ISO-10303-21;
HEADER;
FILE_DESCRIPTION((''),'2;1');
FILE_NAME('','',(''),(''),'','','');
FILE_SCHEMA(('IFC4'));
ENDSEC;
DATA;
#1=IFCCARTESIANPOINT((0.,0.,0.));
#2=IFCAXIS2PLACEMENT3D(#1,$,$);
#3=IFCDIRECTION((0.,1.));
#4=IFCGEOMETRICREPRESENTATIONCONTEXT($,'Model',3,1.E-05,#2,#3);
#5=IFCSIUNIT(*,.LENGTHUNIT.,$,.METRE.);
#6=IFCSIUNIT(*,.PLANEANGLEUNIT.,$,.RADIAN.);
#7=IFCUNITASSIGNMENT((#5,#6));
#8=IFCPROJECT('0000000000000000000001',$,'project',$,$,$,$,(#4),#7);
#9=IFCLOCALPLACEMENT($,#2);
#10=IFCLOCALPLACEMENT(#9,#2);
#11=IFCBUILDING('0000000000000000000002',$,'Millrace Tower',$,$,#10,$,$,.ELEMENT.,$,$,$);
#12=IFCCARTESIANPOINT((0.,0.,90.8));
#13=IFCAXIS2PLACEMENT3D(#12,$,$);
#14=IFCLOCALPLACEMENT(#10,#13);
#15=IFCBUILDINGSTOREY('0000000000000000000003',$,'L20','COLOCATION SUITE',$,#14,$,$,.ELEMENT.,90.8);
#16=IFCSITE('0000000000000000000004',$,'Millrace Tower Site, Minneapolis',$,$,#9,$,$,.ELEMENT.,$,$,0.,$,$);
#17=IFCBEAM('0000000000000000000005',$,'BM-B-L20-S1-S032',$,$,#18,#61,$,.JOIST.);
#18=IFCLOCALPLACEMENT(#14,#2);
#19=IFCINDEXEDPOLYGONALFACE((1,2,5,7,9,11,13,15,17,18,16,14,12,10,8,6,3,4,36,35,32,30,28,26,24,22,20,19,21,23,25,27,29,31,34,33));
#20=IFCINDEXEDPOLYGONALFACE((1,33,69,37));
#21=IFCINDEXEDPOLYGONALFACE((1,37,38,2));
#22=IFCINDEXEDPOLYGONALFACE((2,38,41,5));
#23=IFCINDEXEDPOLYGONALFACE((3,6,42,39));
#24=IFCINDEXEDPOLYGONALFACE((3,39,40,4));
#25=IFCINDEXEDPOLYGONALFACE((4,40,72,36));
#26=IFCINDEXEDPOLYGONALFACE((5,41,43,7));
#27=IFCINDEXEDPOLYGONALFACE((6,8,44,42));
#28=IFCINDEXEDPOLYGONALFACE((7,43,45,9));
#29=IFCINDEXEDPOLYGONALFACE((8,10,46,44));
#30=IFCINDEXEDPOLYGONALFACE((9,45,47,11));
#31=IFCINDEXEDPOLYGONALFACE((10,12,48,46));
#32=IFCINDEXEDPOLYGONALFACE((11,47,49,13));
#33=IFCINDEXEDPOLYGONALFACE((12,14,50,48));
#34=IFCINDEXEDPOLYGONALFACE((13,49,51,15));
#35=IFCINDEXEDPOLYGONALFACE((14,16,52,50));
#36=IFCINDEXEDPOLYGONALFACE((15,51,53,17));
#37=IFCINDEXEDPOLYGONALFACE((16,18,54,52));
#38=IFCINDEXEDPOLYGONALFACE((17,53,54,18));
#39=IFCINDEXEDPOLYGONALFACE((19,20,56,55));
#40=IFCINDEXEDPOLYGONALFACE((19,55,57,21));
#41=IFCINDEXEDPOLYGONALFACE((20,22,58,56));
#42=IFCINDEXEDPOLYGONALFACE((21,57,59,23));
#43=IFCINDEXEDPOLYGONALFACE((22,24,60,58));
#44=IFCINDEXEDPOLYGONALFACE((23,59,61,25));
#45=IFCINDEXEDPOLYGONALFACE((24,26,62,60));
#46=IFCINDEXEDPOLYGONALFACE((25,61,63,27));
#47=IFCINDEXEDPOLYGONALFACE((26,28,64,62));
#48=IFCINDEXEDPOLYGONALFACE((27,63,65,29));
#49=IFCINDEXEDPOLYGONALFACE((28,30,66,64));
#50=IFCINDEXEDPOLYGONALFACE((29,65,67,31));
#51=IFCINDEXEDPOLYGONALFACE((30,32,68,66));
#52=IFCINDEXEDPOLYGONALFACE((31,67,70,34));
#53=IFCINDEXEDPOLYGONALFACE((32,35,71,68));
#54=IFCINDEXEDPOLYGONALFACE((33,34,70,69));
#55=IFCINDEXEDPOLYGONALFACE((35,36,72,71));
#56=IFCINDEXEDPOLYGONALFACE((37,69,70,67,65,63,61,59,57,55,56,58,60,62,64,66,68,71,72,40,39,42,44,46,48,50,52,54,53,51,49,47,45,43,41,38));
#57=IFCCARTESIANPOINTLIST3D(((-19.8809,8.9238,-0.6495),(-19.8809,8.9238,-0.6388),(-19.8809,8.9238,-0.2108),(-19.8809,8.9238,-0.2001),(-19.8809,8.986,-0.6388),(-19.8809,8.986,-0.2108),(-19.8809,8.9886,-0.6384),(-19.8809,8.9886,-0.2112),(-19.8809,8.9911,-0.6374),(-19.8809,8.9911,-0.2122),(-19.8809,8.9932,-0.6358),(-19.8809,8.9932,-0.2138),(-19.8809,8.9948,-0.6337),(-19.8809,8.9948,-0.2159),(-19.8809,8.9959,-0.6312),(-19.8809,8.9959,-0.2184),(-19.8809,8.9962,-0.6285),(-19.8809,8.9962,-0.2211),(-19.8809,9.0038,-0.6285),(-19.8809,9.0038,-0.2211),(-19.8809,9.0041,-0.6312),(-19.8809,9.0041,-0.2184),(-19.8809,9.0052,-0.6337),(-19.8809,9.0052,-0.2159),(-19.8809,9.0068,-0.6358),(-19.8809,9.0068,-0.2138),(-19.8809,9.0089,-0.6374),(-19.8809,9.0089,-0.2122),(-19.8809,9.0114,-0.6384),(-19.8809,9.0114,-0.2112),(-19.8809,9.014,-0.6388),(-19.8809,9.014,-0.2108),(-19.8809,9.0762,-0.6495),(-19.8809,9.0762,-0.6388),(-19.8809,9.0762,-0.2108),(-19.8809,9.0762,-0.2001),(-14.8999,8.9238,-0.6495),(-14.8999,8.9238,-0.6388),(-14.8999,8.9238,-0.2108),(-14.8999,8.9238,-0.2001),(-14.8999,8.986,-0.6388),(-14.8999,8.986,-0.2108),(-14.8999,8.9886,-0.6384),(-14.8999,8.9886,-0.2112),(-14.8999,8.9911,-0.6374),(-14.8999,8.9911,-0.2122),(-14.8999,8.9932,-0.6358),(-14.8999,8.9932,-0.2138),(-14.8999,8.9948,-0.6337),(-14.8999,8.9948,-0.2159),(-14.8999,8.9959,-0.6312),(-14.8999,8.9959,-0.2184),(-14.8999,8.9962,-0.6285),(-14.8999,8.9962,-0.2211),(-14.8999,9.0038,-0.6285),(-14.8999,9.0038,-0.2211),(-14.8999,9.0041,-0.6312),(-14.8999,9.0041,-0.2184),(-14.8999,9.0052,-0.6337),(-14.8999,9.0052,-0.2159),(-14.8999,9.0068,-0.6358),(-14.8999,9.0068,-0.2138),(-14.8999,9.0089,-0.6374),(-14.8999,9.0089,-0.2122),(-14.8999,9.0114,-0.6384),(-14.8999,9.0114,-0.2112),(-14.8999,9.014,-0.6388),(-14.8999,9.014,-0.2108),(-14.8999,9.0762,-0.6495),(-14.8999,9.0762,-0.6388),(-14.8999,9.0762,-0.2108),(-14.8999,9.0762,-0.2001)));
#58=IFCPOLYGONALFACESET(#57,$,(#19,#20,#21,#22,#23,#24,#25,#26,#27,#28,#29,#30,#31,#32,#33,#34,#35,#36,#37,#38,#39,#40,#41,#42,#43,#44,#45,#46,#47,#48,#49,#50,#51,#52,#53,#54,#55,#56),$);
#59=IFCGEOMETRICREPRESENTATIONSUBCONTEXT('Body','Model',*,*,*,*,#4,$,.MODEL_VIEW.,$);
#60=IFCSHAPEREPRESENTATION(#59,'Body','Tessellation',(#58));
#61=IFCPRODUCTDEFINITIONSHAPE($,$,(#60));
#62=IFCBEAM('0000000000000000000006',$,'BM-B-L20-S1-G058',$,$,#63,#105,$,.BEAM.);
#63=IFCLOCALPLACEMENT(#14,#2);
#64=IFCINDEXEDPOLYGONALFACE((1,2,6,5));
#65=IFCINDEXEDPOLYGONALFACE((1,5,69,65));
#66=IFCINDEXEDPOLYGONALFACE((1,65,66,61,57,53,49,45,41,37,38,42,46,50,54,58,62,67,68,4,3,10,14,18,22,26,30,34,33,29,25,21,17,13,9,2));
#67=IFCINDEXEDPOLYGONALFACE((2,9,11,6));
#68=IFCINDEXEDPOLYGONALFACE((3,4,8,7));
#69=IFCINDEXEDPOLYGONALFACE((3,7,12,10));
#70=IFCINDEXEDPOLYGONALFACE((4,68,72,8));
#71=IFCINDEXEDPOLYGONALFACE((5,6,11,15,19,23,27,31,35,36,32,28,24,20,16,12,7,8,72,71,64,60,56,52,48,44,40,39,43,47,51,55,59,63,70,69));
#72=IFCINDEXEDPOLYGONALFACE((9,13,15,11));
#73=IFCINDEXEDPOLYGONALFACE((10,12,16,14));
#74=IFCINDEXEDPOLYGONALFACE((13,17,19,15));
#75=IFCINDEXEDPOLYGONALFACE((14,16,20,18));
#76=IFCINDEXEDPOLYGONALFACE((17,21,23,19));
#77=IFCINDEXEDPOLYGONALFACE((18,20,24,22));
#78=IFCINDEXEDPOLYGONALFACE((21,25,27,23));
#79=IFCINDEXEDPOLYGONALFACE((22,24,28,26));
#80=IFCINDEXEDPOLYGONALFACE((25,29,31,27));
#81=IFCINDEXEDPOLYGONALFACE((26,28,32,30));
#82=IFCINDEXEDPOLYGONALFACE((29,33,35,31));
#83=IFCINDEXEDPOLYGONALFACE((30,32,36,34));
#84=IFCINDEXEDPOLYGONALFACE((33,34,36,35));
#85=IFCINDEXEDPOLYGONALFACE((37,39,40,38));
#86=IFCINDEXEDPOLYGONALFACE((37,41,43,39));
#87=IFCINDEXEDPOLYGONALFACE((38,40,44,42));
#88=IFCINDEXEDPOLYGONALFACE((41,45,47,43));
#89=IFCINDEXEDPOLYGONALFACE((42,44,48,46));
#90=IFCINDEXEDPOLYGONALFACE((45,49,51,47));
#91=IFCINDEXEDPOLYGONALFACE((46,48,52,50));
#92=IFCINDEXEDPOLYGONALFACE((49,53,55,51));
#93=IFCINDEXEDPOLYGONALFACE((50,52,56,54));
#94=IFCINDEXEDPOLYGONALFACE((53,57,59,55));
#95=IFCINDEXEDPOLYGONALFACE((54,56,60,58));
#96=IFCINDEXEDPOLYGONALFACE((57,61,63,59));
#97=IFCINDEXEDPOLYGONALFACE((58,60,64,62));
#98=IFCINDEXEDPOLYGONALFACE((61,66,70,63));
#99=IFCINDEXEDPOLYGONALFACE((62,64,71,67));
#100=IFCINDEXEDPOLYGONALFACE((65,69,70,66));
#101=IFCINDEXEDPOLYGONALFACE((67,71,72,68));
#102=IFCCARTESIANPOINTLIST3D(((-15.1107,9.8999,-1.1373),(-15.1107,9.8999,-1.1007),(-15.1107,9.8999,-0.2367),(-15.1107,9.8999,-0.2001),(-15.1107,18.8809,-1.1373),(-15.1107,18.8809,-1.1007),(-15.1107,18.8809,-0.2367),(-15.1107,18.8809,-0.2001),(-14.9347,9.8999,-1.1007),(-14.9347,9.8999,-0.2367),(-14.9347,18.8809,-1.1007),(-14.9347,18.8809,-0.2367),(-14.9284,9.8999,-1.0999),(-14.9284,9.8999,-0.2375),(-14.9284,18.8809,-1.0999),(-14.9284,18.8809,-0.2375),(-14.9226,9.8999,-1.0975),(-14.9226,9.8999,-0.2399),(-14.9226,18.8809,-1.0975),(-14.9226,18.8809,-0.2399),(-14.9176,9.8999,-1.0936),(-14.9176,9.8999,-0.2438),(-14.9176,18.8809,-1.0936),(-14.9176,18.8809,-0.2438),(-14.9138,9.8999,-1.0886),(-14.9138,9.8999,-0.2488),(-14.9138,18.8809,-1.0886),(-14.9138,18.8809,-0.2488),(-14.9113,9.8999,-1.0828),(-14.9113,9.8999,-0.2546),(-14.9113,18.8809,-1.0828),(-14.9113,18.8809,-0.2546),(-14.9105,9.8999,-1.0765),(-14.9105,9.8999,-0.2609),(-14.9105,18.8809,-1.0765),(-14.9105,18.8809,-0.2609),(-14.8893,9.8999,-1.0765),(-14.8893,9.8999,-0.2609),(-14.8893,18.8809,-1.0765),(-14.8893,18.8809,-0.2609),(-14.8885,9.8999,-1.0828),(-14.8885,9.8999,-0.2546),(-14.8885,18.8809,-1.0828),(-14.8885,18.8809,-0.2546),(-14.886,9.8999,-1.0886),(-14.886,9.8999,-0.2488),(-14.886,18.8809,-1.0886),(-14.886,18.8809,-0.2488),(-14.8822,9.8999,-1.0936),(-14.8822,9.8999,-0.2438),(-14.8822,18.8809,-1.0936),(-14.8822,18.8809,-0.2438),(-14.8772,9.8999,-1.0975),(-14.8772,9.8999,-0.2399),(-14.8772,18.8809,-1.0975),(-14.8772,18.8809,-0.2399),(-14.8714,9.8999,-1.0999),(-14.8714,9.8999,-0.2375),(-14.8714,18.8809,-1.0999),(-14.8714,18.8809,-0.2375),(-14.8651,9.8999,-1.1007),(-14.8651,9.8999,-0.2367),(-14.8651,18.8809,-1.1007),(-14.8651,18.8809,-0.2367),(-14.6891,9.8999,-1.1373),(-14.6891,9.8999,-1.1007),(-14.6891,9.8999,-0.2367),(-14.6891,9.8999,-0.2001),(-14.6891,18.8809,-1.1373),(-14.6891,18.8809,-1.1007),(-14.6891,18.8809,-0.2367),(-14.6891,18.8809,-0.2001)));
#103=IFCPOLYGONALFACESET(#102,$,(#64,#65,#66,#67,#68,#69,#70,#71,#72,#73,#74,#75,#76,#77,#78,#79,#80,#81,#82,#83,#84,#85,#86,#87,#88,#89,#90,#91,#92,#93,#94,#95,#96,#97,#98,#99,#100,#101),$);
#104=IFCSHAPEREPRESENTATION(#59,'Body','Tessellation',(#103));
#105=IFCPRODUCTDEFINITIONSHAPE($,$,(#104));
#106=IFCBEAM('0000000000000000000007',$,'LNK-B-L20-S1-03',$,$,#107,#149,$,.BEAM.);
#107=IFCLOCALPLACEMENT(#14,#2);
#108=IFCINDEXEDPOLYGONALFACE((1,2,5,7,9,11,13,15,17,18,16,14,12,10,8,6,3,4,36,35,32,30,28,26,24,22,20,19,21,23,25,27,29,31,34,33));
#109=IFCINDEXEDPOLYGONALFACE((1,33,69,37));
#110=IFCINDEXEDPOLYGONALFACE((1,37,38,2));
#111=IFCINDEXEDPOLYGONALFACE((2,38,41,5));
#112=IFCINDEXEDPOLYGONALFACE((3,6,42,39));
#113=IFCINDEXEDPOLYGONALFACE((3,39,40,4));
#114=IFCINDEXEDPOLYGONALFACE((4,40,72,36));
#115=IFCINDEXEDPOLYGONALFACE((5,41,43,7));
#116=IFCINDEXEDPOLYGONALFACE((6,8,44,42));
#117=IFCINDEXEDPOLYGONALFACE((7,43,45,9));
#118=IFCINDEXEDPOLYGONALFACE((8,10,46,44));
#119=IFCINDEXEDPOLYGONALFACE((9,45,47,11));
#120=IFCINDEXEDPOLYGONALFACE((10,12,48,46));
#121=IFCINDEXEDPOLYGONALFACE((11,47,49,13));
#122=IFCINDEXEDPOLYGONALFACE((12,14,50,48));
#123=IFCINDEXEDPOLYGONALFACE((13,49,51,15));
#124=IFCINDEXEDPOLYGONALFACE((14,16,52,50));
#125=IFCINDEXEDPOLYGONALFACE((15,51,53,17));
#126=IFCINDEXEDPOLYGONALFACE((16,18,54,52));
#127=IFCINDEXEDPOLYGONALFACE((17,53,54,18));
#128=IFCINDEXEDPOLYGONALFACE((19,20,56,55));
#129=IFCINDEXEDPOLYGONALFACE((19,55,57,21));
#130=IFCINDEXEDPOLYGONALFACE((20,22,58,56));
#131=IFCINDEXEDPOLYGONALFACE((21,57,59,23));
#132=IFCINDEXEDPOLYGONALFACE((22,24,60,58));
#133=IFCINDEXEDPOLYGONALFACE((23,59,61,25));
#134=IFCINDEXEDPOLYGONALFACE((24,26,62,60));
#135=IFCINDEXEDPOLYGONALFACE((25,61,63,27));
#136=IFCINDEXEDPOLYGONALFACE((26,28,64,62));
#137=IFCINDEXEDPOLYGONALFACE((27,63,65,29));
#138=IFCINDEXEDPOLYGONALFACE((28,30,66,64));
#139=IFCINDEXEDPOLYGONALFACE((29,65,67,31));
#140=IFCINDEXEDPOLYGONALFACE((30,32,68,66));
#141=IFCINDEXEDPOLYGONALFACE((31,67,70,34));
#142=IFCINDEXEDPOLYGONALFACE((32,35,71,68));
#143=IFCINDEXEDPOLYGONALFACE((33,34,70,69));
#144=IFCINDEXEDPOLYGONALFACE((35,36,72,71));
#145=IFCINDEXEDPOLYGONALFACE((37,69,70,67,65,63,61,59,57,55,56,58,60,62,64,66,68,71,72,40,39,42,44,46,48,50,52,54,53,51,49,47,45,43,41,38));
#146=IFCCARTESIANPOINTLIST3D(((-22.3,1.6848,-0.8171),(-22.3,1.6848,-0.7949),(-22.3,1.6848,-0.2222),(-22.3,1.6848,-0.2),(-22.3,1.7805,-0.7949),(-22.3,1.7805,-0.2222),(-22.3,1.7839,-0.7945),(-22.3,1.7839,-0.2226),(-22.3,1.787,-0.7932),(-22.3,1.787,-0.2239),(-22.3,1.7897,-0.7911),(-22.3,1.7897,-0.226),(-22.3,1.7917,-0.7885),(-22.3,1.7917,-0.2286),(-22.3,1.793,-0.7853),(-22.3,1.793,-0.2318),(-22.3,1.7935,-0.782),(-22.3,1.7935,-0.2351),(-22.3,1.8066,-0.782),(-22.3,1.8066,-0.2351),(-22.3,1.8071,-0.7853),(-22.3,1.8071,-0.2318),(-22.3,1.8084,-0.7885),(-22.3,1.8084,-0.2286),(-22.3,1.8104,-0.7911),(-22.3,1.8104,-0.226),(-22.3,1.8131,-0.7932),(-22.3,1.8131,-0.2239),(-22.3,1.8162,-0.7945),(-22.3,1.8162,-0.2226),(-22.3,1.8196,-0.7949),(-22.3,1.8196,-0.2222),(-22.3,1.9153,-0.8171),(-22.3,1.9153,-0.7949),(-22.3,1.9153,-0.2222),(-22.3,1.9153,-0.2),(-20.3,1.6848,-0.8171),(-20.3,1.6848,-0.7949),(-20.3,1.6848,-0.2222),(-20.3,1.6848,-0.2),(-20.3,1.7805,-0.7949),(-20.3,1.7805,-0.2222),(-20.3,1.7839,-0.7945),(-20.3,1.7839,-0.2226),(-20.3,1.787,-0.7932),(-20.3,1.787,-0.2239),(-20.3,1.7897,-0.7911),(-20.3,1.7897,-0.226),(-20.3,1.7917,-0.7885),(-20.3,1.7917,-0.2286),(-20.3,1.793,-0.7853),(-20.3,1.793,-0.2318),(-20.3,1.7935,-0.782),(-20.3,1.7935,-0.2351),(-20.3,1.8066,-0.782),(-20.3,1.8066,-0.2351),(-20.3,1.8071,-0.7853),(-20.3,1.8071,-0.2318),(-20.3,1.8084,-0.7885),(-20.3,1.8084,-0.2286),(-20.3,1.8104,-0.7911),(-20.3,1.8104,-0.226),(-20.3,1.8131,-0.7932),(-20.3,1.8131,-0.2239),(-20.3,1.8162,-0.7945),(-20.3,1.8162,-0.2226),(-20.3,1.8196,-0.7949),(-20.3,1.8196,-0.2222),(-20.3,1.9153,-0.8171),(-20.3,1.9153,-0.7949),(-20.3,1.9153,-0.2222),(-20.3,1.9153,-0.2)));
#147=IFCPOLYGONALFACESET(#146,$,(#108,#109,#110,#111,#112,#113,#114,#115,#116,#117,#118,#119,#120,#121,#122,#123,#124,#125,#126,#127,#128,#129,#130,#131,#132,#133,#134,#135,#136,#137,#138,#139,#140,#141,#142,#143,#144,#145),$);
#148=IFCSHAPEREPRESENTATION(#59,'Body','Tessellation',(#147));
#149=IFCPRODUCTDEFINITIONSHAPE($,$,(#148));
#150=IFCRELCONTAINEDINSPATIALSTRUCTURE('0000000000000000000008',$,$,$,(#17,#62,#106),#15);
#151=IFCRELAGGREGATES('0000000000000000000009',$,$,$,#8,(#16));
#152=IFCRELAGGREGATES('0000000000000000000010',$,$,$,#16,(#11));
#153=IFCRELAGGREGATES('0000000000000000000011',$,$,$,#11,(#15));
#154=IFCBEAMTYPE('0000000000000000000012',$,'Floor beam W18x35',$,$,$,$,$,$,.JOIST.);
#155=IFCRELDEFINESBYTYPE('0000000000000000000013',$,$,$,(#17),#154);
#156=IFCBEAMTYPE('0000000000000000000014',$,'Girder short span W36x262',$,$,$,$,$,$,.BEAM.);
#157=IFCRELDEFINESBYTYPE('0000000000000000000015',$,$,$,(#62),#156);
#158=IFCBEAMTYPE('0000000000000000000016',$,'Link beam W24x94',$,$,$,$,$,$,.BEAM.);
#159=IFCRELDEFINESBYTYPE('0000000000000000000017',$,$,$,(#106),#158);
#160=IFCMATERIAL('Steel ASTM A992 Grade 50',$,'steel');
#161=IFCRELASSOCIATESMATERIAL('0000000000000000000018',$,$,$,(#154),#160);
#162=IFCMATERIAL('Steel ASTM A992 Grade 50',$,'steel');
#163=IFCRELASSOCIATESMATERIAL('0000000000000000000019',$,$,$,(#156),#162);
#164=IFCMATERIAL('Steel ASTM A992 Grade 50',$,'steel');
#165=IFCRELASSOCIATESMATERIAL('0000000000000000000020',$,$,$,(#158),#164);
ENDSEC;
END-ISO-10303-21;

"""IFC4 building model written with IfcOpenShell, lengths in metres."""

from ifc_helpers import new_model, si_unit, direction, frame, origin, origin_2d, place, context, subcontext, project, spatial, i_section, extrude, material, material_profile, profile_set, type_object, element, save


model = new_model("IFC4")

# Units and contexts
model_context = context("Model", 3, precision=1e-05, world=origin(), true_north=direction((0.0, 1.0)))
body_context = subcontext(model_context, "Body", "Model", "MODEL_VIEW")
ifc_project = project(units=[si_unit("LENGTHUNIT", "METRE"), si_unit("PLANEANGLEUNIT", "RADIAN")], contexts=[model_context])

# Site, building, storey
site_placement = place(None, origin())
site = spatial("IfcSite", under=ifc_project, at=site_placement, Name="Millrace Tower Site, Minneapolis", CompositionType="ELEMENT", RefElevation=0.0)
building_placement = place(site_placement, origin())
building = spatial("IfcBuilding", under=site, at=building_placement, Name="Millrace Tower", CompositionType="ELEMENT")
storey_placement = place(building_placement, frame((0.0, 0.0, 90.8)))
storey = spatial("IfcBuildingStorey", under=building, at=storey_placement, Name="L20", Description="COLOCATION SUITE", CompositionType="ELEMENT", Elevation=90.8)

# Beams
ifc_material_1 = material(Name="Steel ASTM A992 Grade 50", Category="steel")
ifc_material_profile_1 = material_profile(ifc_material_1, i_section(OverallWidth=0.1523, OverallDepth=0.4495, WebThickness=0.0076, FlangeThickness=0.0107, FilletRadius=0.0103, at=origin_2d()))
ifc_profile_set_1 = profile_set([ifc_material_profile_1], Name="Steel ASTM A992 Grade 50")
beam_type_1 = type_object("IfcBeamType", Name="Floor beam W18x35", PredefinedType="JOIST", material=ifc_profile_set_1)
for number, where, z_axis, x_axis, name in (
    (1, (-19.8809, 9.0, -0.4248), (1.0, 0.0, 0.0), (0.0, 1.0, 0.0), "BM-B-L20-S1-S032"),
):
    element("IfcBeam", number, at=place(storey_placement, frame(where, z_axis=z_axis, x_axis=x_axis)), inside=storey, type_object=beam_type_1, Name=name, PredefinedType="JOIST", context=body_context, shape_type="SweptSolid", body=[
        extrude(i_section(OverallWidth=0.1523, OverallDepth=0.4495, WebThickness=0.0076, FlangeThickness=0.0107, FilletRadius=0.0103, at=origin_2d()), origin(), (0.0, 0.0, 1.0), 4.981),
    ])
ifc_material_2 = material(Name="Steel ASTM A992 Grade 50", Category="steel")
ifc_material_profile_2 = material_profile(ifc_material_2, i_section(OverallWidth=0.4216, OverallDepth=0.9373, WebThickness=0.0212, FlangeThickness=0.0366, FilletRadius=0.0242, at=origin_2d()))
ifc_profile_set_2 = profile_set([ifc_material_profile_2], Name="Steel ASTM A992 Grade 50")
beam_type_2 = type_object("IfcBeamType", Name="Girder short span W36x262", PredefinedType="BEAM", material=ifc_profile_set_2)
beam_1_placement = place(storey_placement, frame((-14.8999, 9.8999, -0.6687), z_axis=(0.0, 1.0, 0.0), x_axis=(-1.0, 0.0, 0.0)))
element("IfcBeam", 2, at=beam_1_placement, inside=storey, type_object=beam_type_2, Name="BM-B-L20-S1-G058", PredefinedType="BEAM", context=body_context, shape_type="SweptSolid", body=[
    extrude(i_section(OverallWidth=0.4216, OverallDepth=0.9373, WebThickness=0.0212, FlangeThickness=0.0366, FilletRadius=0.0242, at=origin_2d()), origin(), (0.0, 0.0, 1.0), 8.981),
])
ifc_material_3 = material(Name="Steel ASTM A992 Grade 50", Category="steel")
ifc_material_profile_3 = material_profile(ifc_material_3, i_section(OverallWidth=0.2305, OverallDepth=0.6172, WebThickness=0.0132, FlangeThickness=0.0222, FilletRadius=0.0129, at=origin_2d()))
ifc_profile_set_3 = profile_set([ifc_material_profile_3], Name="Steel ASTM A992 Grade 50")
beam_type_3 = type_object("IfcBeamType", Name="Link beam W24x94", PredefinedType="BEAM", material=ifc_profile_set_3)
beam_2_placement = place(storey_placement, frame((-20.3, 1.8, -0.5085), z_axis=(-1.0, 0.0, 0.0), x_axis=(0.0, -1.0, 0.0)))
element("IfcBeam", 3, at=beam_2_placement, inside=storey, type_object=beam_type_3, Name="LNK-B-L20-S1-03", PredefinedType="BEAM", context=body_context, shape_type="SweptSolid", body=[
    extrude(i_section(OverallWidth=0.2305, OverallDepth=0.6172, WebThickness=0.0132, FlangeThickness=0.0222, FilletRadius=0.0129, at=origin_2d()), origin(), (0.0, 0.0, 1.0), 2.0),
])

save(model, "model.ifc")
